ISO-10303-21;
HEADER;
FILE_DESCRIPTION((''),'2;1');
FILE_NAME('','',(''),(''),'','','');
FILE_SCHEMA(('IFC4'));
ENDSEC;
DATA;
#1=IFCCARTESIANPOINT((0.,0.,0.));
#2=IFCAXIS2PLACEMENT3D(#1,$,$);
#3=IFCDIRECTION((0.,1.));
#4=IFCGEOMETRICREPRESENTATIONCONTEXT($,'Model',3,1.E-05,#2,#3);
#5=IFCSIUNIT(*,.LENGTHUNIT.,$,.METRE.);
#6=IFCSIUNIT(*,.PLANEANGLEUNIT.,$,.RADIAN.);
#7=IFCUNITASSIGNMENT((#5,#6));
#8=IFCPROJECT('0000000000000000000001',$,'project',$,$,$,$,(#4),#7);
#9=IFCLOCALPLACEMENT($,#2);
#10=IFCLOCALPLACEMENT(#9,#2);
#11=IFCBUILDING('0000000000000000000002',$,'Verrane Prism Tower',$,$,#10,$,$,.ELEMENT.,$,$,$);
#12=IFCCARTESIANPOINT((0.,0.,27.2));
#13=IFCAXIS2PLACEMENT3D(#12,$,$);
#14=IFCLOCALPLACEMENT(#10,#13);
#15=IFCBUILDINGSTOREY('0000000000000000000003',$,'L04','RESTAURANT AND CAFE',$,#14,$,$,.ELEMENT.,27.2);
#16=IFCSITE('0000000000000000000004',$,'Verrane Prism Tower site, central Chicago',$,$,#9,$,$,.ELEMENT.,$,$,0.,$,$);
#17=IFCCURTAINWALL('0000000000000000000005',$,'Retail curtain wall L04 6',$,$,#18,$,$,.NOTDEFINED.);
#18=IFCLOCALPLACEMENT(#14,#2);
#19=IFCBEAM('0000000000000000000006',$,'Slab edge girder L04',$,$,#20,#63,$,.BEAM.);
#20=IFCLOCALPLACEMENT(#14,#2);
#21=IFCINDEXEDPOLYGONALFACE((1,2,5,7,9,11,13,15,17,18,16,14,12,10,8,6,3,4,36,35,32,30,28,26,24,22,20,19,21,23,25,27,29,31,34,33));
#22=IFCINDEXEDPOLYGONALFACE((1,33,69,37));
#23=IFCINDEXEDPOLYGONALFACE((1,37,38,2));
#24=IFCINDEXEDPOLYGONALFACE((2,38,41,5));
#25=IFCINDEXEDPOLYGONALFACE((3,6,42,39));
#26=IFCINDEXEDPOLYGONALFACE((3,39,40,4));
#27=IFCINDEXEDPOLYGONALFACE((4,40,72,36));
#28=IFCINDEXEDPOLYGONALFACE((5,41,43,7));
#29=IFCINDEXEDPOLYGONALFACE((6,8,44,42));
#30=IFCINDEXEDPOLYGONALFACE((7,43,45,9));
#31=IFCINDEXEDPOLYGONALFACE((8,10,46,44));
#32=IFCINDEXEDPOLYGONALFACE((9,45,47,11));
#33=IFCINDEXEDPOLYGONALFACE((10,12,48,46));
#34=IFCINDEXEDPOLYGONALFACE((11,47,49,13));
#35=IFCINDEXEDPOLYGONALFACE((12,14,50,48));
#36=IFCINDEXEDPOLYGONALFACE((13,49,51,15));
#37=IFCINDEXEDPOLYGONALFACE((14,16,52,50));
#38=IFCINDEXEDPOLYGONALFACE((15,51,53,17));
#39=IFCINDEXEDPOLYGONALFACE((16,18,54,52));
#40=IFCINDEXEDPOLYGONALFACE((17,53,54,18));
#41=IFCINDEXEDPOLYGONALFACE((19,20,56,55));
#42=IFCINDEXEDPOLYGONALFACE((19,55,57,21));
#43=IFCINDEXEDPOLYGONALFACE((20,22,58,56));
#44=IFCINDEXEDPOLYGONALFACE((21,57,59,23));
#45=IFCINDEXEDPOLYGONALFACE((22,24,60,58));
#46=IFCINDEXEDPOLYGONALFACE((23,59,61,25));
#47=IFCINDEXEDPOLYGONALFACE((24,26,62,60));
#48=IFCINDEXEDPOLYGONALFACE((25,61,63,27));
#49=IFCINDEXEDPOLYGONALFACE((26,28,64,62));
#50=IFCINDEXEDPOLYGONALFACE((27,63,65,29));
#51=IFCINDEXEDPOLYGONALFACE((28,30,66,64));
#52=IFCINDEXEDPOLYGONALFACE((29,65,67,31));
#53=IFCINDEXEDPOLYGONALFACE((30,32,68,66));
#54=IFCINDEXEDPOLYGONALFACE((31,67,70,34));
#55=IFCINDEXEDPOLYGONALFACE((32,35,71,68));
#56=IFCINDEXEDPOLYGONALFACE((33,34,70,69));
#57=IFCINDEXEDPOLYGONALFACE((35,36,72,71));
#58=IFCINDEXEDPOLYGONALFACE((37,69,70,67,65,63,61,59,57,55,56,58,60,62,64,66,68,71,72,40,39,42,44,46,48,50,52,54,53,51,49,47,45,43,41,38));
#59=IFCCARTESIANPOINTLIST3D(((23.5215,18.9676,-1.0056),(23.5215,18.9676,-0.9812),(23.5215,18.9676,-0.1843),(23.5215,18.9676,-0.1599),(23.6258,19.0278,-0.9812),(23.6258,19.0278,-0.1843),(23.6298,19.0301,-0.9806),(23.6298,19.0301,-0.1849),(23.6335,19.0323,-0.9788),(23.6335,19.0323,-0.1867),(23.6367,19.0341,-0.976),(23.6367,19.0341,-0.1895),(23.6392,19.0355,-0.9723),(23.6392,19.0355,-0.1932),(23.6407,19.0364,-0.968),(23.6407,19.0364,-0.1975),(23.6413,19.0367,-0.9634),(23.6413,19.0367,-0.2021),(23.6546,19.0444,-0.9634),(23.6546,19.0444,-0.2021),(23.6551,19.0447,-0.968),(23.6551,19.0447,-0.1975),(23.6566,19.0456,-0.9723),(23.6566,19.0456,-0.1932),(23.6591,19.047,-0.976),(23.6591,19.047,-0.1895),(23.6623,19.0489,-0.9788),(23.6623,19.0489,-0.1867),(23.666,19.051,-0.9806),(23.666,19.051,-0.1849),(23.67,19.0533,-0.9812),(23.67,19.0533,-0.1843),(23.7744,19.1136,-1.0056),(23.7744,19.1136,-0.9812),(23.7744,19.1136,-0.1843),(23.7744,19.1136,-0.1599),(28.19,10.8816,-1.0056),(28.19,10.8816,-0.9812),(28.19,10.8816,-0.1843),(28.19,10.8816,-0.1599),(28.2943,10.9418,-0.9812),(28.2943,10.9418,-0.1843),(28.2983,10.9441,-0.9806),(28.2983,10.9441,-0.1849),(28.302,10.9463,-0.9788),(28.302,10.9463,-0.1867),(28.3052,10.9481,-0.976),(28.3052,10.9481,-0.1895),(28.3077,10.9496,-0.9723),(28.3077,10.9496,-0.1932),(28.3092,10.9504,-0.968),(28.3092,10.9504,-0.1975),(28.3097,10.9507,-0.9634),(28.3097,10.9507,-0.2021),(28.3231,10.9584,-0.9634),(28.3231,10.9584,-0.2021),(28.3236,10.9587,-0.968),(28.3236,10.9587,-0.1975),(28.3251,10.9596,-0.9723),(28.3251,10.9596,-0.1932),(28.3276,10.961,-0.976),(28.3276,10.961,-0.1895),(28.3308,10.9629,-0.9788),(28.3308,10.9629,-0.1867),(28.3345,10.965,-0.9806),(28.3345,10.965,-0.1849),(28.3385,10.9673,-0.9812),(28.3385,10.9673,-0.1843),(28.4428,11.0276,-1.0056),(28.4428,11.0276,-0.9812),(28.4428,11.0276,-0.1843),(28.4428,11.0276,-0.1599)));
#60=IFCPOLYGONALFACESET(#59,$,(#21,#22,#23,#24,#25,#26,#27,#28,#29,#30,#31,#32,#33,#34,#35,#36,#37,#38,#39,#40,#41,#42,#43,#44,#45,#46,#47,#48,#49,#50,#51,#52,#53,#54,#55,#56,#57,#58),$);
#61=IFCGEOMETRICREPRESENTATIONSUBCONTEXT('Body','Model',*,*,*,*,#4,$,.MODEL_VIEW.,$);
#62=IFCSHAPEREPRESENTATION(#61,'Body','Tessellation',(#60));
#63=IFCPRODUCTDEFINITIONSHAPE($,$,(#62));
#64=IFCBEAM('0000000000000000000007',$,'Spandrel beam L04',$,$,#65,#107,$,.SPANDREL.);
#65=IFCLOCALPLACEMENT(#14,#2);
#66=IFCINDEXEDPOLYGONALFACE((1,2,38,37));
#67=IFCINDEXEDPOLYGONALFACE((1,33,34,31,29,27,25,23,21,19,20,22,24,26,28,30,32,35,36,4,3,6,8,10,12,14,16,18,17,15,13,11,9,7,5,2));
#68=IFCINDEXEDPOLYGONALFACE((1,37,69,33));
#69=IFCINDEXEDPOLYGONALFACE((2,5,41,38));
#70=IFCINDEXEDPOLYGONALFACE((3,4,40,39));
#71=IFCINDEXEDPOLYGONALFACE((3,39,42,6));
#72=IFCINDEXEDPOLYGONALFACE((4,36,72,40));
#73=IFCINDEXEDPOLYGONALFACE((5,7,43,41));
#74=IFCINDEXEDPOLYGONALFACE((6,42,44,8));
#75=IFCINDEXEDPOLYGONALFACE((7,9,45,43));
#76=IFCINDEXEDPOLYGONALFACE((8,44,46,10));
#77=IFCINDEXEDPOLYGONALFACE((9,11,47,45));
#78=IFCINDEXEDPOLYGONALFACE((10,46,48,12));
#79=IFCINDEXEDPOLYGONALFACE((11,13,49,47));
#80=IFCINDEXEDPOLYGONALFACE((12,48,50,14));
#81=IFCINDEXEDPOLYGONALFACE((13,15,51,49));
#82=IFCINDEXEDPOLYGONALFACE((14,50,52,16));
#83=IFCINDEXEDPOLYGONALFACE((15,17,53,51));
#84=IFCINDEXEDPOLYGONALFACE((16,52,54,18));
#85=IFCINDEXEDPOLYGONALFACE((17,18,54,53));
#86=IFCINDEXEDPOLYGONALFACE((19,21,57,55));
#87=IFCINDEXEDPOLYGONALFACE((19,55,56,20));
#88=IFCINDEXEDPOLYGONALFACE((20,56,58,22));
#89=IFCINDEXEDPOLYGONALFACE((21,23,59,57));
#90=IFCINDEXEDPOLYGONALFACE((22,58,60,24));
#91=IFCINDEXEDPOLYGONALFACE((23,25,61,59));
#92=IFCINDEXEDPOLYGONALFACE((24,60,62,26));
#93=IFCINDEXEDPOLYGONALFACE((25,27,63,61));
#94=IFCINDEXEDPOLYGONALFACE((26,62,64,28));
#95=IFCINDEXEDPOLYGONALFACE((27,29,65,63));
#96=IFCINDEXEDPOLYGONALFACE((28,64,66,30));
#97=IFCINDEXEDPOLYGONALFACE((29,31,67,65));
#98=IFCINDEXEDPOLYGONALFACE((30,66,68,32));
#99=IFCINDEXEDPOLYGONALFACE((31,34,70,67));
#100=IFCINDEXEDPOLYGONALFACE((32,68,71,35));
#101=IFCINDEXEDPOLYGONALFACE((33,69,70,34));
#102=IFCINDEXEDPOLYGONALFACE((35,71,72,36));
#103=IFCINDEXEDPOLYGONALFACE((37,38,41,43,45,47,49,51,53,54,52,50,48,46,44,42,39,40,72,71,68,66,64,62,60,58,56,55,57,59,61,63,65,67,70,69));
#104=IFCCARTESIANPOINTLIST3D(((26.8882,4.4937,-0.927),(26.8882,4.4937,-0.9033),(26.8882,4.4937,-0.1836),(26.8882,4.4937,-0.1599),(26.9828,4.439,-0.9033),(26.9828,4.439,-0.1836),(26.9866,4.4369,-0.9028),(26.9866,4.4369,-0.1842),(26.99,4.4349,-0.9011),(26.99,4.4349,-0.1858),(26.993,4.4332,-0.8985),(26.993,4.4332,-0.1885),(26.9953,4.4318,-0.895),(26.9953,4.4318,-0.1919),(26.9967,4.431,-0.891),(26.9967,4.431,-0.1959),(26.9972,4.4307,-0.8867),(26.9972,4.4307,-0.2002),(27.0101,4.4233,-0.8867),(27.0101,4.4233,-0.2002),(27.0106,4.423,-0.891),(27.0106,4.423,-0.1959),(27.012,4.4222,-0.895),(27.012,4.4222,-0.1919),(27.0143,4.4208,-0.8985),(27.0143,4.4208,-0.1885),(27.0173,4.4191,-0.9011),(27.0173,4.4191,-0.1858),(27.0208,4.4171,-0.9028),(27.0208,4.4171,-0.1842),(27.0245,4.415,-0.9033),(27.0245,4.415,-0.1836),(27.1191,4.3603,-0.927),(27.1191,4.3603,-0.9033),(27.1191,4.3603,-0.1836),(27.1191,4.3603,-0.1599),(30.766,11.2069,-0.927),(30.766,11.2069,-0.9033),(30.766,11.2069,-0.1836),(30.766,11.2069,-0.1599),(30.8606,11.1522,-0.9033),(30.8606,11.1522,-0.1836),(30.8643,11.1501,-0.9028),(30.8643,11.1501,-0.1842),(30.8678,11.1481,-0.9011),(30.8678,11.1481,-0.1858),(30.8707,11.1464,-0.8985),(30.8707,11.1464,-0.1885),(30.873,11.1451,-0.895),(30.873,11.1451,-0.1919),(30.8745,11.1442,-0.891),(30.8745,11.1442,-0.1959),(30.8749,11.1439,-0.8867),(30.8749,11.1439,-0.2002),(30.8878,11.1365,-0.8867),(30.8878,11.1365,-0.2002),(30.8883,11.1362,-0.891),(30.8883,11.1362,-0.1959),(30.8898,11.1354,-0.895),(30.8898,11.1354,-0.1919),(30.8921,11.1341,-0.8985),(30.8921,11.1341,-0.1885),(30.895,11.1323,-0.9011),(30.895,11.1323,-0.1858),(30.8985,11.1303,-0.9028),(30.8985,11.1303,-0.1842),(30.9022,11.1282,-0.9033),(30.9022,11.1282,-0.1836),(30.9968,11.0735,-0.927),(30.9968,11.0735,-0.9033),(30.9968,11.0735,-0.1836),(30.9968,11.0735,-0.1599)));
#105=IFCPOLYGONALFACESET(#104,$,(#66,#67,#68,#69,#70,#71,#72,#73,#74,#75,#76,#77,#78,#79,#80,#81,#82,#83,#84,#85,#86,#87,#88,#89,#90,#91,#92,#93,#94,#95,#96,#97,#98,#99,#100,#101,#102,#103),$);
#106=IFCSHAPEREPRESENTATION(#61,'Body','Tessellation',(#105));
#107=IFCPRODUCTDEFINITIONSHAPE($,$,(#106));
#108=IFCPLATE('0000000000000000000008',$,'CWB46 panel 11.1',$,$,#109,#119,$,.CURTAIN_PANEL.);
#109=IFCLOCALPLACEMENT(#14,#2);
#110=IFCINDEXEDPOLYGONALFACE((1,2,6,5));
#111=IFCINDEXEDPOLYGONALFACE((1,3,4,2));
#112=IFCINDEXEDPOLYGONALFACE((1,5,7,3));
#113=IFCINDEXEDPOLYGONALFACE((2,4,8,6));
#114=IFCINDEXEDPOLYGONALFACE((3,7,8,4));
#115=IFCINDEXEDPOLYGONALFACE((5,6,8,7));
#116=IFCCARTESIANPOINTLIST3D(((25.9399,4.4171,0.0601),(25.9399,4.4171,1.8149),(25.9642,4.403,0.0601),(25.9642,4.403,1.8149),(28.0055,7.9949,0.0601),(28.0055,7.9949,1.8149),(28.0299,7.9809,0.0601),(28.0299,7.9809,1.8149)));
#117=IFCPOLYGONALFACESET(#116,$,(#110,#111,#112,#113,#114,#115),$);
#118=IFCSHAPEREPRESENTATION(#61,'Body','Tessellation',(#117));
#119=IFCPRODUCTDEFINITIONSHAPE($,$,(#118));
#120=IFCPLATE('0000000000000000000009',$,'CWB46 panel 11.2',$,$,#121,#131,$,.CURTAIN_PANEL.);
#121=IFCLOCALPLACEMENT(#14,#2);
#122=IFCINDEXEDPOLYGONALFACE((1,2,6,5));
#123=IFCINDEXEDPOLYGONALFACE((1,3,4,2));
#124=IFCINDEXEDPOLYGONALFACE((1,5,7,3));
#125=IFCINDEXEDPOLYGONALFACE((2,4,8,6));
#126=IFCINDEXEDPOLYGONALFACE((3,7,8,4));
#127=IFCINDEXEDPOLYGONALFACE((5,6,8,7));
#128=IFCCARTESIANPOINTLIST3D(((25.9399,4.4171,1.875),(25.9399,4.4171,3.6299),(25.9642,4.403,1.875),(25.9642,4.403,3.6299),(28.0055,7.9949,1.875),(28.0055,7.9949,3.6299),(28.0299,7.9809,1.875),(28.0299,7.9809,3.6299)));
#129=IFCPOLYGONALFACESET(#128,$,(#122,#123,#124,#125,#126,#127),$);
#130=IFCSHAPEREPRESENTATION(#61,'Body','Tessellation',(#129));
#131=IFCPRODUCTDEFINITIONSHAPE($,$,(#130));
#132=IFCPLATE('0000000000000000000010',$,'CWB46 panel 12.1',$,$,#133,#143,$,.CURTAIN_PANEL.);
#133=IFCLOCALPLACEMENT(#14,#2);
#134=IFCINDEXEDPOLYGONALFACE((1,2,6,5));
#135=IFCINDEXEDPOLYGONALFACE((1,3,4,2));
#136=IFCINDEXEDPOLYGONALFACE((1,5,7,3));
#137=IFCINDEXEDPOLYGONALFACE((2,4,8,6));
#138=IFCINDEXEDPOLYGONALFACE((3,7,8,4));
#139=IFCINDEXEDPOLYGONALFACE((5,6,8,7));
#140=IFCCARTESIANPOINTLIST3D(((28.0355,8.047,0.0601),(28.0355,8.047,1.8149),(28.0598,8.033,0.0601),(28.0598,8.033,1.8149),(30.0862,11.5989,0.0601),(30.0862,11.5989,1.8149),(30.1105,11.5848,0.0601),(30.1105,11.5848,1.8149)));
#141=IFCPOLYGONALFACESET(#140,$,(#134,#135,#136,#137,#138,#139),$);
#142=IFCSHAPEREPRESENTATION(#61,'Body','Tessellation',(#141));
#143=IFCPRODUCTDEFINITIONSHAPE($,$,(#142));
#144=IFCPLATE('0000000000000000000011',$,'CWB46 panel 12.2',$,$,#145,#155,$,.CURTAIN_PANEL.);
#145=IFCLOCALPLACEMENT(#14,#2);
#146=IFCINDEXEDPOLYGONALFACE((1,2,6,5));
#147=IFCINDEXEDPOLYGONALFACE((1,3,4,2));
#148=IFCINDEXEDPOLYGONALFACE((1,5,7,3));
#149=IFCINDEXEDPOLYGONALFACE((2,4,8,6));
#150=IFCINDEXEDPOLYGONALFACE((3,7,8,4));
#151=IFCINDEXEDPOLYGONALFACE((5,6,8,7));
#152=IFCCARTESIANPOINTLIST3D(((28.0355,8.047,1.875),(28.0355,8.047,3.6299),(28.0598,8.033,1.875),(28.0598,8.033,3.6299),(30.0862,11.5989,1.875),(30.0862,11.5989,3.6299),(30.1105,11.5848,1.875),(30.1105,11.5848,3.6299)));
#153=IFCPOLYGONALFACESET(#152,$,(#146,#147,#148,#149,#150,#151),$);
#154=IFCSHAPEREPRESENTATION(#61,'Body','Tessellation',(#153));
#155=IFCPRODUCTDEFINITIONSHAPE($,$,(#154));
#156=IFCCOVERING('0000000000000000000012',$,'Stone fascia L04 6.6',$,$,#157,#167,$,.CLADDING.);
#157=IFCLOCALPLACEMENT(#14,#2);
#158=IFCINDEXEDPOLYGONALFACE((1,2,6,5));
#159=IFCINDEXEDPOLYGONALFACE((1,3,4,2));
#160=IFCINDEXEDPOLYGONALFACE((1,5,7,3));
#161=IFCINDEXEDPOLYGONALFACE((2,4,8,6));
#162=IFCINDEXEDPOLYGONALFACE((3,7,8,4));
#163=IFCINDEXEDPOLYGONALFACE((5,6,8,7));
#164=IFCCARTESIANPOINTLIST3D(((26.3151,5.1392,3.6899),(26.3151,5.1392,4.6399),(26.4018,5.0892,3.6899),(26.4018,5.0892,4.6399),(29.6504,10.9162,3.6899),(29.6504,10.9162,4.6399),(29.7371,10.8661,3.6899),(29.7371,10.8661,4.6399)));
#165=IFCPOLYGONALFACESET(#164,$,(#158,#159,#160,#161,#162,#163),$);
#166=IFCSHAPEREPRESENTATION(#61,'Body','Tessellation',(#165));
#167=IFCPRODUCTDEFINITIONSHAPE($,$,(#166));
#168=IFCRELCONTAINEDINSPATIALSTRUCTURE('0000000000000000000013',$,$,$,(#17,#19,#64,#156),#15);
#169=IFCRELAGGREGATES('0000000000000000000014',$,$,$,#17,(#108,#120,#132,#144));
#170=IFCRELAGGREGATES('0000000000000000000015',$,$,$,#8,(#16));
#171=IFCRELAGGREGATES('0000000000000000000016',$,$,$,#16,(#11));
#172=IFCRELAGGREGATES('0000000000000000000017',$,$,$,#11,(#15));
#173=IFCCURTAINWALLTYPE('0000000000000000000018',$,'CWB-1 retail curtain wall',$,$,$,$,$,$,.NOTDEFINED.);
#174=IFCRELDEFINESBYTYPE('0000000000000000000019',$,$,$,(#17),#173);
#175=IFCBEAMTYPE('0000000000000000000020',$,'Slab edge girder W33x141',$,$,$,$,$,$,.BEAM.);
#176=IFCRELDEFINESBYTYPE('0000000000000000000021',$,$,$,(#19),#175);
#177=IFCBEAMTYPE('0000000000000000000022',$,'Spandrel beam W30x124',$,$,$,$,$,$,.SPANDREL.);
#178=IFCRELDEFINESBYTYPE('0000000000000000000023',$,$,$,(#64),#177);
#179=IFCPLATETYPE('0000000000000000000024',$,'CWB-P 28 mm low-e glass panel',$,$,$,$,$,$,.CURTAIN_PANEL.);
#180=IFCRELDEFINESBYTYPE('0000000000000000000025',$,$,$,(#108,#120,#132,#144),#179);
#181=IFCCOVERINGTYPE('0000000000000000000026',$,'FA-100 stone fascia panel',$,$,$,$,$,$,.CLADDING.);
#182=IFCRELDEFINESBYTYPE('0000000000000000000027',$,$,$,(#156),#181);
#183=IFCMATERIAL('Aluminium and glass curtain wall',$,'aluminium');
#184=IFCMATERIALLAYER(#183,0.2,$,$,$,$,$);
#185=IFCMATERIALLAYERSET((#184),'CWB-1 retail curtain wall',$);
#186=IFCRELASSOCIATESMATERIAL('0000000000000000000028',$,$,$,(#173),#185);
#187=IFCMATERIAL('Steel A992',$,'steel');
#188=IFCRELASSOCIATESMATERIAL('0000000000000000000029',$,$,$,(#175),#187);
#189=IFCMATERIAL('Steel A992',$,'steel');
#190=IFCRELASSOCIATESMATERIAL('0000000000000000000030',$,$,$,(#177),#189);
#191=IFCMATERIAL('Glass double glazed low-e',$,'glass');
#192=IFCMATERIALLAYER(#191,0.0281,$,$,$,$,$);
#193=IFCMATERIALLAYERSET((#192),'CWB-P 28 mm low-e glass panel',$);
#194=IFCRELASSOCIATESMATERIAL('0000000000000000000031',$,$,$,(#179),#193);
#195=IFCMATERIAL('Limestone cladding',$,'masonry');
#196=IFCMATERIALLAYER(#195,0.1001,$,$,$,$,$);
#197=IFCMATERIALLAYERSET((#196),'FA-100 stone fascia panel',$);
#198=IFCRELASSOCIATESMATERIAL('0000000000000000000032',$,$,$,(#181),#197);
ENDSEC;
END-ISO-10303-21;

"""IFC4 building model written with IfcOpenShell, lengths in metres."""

from ifc_helpers import new_model, si_unit, direction, frame, origin, origin_2d, place, context, subcontext, project, spatial, rectangle, i_section, extrude, material, layer, layer_set, material_profile, profile_set, type_object, element, aggregate, save


model = new_model("IFC4")

# Units and contexts
model_context = context("Model", 3, precision=1e-05, world=origin(), true_north=direction((0.0, 1.0)))
body_context = subcontext(model_context, "Body", "Model", "MODEL_VIEW")
ifc_project = project(units=[si_unit("LENGTHUNIT", "METRE"), si_unit("PLANEANGLEUNIT", "RADIAN")], contexts=[model_context])

# Site, building, storey
site_placement = place(None, origin())
site = spatial("IfcSite", under=ifc_project, at=site_placement, Name="Verrane Prism Tower site, central Chicago", CompositionType="ELEMENT", RefElevation=0.0)
building_placement = place(site_placement, origin())
building = spatial("IfcBuilding", under=site, at=building_placement, Name="Verrane Prism Tower", CompositionType="ELEMENT")
storey_placement = place(building_placement, frame((0.0, 0.0, 27.2)))
storey = spatial("IfcBuildingStorey", under=building, at=storey_placement, Name="L04", Description="RESTAURANT AND CAFE", CompositionType="ELEMENT", Elevation=27.2)

# Shared definitions
ifc_material_1 = material(Name="Aluminium and glass curtain wall", Category="aluminium")
ifc_layer_1 = layer(ifc_material_1, 0.2)
ifc_layer_set_1 = layer_set([ifc_layer_1], Name="CWB-1 retail curtain wall")
curtain_wall_type = type_object("IfcCurtainWallType", Name="CWB-1 retail curtain wall", PredefinedType="NOTDEFINED", material=ifc_layer_set_1)

# Curtain wall
curtain_wall_1_placement = place(storey_placement, origin())
curtain_wall_1 = element("IfcCurtainWall", 1, at=curtain_wall_1_placement, inside=storey, type_object=curtain_wall_type, Name="Retail curtain wall L04 6", PredefinedType="NOTDEFINED")

# Beams
ifc_material_2 = material(Name="Steel A992", Category="steel")
ifc_material_profile_1 = material_profile(ifc_material_2, i_section(OverallWidth=0.292, OverallDepth=0.8457, WebThickness=0.0154, FlangeThickness=0.0244, FilletRadius=0.0178, at=origin_2d()), Name="W33x141")
ifc_profile_set_1 = profile_set([ifc_material_profile_1], Name="Steel A992")
beam_type_1 = type_object("IfcBeamType", Name="Slab edge girder W33x141", PredefinedType="BEAM", material=ifc_profile_set_1)
beam_1_placement = place(storey_placement, frame((28.3164, 10.9546, -0.5828), z_axis=(-0.500003, 0.866024, 0.0), x_axis=(-0.866024, -0.500003, 0.0)))
element("IfcBeam", 2, at=beam_1_placement, inside=storey, type_object=beam_type_1, Name="Slab edge girder L04", PredefinedType="BEAM", context=body_context, shape_type="SweptSolid", body=[
    extrude(i_section(OverallWidth=0.292, OverallDepth=0.8457, WebThickness=0.0154, FlangeThickness=0.0244, FilletRadius=0.0178, at=origin_2d()), origin(), (0.0, 0.0, 1.0), 9.3369),
])
ifc_material_3 = material(Name="Steel A992", Category="steel")
ifc_material_profile_2 = material_profile(ifc_material_3, i_section(OverallWidth=0.2666, OverallDepth=0.7671, WebThickness=0.0149, FlangeThickness=0.0237, FilletRadius=0.0166, at=origin_2d()), Name="W30x124")
ifc_profile_set_2 = profile_set([ifc_material_profile_2], Name="Steel A992")
beam_type_2 = type_object("IfcBeamType", Name="Spandrel beam W30x124", PredefinedType="SPANDREL", material=ifc_profile_set_2)
beam_2_placement = place(storey_placement, frame((27.0037, 4.427, -0.5435), z_axis=(0.500179, 0.865922, 0.0), x_axis=(-0.865922, 0.500179, 0.0)))
element("IfcBeam", 3, at=beam_2_placement, inside=storey, type_object=beam_type_2, Name="Spandrel beam L04", PredefinedType="SPANDREL", context=body_context, shape_type="SweptSolid", body=[
    extrude(i_section(OverallWidth=0.2666, OverallDepth=0.7671, WebThickness=0.0149, FlangeThickness=0.0237, FilletRadius=0.0166, at=origin_2d()), origin(), (0.0, 0.0, 1.0), 7.7527),
])

# Plates
ifc_material_4 = material(Name="Glass double glazed low-e", Category="glass")
ifc_layer_2 = layer(ifc_material_4, 0.0281)
ifc_layer_set_2 = layer_set([ifc_layer_2], Name="CWB-P 28 mm low-e glass panel")
plate_type = type_object("IfcPlateType", Name="CWB-P 28 mm low-e glass panel", PredefinedType="CURTAIN_PANEL", material=ifc_layer_set_2)
plate_1_placement = place(storey_placement, frame((26.9849, 6.199, 0.0601), z_axis=(0.0, 0.0, 1.0), x_axis=(0.5, 0.866025, 0.0)))
plate_1 = element("IfcPlate", 4, at=plate_1_placement, type_object=plate_type, Name="CWB46 panel 11.1", PredefinedType="CURTAIN_PANEL", context=body_context, shape_type="SweptSolid", body=[
    extrude(rectangle(XDim=4.1313, YDim=0.0281, at=origin_2d()), origin(), (0.0, 0.0, 1.0), 1.7549),
])
plate_2_placement = place(storey_placement, frame((26.9849, 6.199, 1.875), z_axis=(0.0, 0.0, 1.0), x_axis=(0.5, 0.866025, 0.0)))
plate_2 = element("IfcPlate", 5, at=plate_2_placement, type_object=plate_type, Name="CWB46 panel 11.2", PredefinedType="CURTAIN_PANEL", context=body_context, shape_type="SweptSolid", body=[
    extrude(rectangle(XDim=4.1313, YDim=0.0281, at=origin_2d()), origin(), (0.0, 0.0, 1.0), 1.7549),
])
plate_3_placement = place(storey_placement, frame((29.073, 9.8159, 0.0601), z_axis=(0.0, 0.0, 1.0), x_axis=(0.5, 0.866025, 0.0)))
plate_3 = element("IfcPlate", 6, at=plate_3_placement, type_object=plate_type, Name="CWB46 panel 12.1", PredefinedType="CURTAIN_PANEL", context=body_context, shape_type="SweptSolid", body=[
    extrude(rectangle(XDim=4.1013, YDim=0.0281, at=origin_2d()), origin(), (0.0, 0.0, 1.0), 1.7549),
])
plate_4_placement = place(storey_placement, frame((29.073, 9.8159, 1.875), z_axis=(0.0, 0.0, 1.0), x_axis=(0.5, 0.866025, 0.0)))
plate_4 = element("IfcPlate", 7, at=plate_4_placement, type_object=plate_type, Name="CWB46 panel 12.2", PredefinedType="CURTAIN_PANEL", context=body_context, shape_type="SweptSolid", body=[
    extrude(rectangle(XDim=4.1013, YDim=0.0281, at=origin_2d()), origin(), (0.0, 0.0, 1.0), 1.7549),
])
aggregate(curtain_wall_1, [plate_1, plate_2, plate_3, plate_4])

# Covering
ifc_material_5 = material(Name="Limestone cladding", Category="masonry")
ifc_layer_3 = layer(ifc_material_5, 0.1001)
ifc_layer_set_3 = layer_set([ifc_layer_3], Name="FA-100 stone fascia panel")
covering_type = type_object("IfcCoveringType", Name="FA-100 stone fascia panel", PredefinedType="CLADDING", material=ifc_layer_set_3)
covering_placement = place(storey_placement, frame((28.0261, 8.0027, 3.6899), z_axis=(0.0, 0.0, 1.0), x_axis=(0.5, 0.866025, 0.0)))
element("IfcCovering", 8, at=covering_placement, inside=storey, type_object=covering_type, Name="Stone fascia L04 6.6", PredefinedType="CLADDING", context=body_context, shape_type="SweptSolid", body=[
    extrude(rectangle(XDim=6.6707, YDim=0.1001, at=origin_2d()), origin(), (0.0, 0.0, 1.0), 0.95),
])

save(model, "model.ifc")
